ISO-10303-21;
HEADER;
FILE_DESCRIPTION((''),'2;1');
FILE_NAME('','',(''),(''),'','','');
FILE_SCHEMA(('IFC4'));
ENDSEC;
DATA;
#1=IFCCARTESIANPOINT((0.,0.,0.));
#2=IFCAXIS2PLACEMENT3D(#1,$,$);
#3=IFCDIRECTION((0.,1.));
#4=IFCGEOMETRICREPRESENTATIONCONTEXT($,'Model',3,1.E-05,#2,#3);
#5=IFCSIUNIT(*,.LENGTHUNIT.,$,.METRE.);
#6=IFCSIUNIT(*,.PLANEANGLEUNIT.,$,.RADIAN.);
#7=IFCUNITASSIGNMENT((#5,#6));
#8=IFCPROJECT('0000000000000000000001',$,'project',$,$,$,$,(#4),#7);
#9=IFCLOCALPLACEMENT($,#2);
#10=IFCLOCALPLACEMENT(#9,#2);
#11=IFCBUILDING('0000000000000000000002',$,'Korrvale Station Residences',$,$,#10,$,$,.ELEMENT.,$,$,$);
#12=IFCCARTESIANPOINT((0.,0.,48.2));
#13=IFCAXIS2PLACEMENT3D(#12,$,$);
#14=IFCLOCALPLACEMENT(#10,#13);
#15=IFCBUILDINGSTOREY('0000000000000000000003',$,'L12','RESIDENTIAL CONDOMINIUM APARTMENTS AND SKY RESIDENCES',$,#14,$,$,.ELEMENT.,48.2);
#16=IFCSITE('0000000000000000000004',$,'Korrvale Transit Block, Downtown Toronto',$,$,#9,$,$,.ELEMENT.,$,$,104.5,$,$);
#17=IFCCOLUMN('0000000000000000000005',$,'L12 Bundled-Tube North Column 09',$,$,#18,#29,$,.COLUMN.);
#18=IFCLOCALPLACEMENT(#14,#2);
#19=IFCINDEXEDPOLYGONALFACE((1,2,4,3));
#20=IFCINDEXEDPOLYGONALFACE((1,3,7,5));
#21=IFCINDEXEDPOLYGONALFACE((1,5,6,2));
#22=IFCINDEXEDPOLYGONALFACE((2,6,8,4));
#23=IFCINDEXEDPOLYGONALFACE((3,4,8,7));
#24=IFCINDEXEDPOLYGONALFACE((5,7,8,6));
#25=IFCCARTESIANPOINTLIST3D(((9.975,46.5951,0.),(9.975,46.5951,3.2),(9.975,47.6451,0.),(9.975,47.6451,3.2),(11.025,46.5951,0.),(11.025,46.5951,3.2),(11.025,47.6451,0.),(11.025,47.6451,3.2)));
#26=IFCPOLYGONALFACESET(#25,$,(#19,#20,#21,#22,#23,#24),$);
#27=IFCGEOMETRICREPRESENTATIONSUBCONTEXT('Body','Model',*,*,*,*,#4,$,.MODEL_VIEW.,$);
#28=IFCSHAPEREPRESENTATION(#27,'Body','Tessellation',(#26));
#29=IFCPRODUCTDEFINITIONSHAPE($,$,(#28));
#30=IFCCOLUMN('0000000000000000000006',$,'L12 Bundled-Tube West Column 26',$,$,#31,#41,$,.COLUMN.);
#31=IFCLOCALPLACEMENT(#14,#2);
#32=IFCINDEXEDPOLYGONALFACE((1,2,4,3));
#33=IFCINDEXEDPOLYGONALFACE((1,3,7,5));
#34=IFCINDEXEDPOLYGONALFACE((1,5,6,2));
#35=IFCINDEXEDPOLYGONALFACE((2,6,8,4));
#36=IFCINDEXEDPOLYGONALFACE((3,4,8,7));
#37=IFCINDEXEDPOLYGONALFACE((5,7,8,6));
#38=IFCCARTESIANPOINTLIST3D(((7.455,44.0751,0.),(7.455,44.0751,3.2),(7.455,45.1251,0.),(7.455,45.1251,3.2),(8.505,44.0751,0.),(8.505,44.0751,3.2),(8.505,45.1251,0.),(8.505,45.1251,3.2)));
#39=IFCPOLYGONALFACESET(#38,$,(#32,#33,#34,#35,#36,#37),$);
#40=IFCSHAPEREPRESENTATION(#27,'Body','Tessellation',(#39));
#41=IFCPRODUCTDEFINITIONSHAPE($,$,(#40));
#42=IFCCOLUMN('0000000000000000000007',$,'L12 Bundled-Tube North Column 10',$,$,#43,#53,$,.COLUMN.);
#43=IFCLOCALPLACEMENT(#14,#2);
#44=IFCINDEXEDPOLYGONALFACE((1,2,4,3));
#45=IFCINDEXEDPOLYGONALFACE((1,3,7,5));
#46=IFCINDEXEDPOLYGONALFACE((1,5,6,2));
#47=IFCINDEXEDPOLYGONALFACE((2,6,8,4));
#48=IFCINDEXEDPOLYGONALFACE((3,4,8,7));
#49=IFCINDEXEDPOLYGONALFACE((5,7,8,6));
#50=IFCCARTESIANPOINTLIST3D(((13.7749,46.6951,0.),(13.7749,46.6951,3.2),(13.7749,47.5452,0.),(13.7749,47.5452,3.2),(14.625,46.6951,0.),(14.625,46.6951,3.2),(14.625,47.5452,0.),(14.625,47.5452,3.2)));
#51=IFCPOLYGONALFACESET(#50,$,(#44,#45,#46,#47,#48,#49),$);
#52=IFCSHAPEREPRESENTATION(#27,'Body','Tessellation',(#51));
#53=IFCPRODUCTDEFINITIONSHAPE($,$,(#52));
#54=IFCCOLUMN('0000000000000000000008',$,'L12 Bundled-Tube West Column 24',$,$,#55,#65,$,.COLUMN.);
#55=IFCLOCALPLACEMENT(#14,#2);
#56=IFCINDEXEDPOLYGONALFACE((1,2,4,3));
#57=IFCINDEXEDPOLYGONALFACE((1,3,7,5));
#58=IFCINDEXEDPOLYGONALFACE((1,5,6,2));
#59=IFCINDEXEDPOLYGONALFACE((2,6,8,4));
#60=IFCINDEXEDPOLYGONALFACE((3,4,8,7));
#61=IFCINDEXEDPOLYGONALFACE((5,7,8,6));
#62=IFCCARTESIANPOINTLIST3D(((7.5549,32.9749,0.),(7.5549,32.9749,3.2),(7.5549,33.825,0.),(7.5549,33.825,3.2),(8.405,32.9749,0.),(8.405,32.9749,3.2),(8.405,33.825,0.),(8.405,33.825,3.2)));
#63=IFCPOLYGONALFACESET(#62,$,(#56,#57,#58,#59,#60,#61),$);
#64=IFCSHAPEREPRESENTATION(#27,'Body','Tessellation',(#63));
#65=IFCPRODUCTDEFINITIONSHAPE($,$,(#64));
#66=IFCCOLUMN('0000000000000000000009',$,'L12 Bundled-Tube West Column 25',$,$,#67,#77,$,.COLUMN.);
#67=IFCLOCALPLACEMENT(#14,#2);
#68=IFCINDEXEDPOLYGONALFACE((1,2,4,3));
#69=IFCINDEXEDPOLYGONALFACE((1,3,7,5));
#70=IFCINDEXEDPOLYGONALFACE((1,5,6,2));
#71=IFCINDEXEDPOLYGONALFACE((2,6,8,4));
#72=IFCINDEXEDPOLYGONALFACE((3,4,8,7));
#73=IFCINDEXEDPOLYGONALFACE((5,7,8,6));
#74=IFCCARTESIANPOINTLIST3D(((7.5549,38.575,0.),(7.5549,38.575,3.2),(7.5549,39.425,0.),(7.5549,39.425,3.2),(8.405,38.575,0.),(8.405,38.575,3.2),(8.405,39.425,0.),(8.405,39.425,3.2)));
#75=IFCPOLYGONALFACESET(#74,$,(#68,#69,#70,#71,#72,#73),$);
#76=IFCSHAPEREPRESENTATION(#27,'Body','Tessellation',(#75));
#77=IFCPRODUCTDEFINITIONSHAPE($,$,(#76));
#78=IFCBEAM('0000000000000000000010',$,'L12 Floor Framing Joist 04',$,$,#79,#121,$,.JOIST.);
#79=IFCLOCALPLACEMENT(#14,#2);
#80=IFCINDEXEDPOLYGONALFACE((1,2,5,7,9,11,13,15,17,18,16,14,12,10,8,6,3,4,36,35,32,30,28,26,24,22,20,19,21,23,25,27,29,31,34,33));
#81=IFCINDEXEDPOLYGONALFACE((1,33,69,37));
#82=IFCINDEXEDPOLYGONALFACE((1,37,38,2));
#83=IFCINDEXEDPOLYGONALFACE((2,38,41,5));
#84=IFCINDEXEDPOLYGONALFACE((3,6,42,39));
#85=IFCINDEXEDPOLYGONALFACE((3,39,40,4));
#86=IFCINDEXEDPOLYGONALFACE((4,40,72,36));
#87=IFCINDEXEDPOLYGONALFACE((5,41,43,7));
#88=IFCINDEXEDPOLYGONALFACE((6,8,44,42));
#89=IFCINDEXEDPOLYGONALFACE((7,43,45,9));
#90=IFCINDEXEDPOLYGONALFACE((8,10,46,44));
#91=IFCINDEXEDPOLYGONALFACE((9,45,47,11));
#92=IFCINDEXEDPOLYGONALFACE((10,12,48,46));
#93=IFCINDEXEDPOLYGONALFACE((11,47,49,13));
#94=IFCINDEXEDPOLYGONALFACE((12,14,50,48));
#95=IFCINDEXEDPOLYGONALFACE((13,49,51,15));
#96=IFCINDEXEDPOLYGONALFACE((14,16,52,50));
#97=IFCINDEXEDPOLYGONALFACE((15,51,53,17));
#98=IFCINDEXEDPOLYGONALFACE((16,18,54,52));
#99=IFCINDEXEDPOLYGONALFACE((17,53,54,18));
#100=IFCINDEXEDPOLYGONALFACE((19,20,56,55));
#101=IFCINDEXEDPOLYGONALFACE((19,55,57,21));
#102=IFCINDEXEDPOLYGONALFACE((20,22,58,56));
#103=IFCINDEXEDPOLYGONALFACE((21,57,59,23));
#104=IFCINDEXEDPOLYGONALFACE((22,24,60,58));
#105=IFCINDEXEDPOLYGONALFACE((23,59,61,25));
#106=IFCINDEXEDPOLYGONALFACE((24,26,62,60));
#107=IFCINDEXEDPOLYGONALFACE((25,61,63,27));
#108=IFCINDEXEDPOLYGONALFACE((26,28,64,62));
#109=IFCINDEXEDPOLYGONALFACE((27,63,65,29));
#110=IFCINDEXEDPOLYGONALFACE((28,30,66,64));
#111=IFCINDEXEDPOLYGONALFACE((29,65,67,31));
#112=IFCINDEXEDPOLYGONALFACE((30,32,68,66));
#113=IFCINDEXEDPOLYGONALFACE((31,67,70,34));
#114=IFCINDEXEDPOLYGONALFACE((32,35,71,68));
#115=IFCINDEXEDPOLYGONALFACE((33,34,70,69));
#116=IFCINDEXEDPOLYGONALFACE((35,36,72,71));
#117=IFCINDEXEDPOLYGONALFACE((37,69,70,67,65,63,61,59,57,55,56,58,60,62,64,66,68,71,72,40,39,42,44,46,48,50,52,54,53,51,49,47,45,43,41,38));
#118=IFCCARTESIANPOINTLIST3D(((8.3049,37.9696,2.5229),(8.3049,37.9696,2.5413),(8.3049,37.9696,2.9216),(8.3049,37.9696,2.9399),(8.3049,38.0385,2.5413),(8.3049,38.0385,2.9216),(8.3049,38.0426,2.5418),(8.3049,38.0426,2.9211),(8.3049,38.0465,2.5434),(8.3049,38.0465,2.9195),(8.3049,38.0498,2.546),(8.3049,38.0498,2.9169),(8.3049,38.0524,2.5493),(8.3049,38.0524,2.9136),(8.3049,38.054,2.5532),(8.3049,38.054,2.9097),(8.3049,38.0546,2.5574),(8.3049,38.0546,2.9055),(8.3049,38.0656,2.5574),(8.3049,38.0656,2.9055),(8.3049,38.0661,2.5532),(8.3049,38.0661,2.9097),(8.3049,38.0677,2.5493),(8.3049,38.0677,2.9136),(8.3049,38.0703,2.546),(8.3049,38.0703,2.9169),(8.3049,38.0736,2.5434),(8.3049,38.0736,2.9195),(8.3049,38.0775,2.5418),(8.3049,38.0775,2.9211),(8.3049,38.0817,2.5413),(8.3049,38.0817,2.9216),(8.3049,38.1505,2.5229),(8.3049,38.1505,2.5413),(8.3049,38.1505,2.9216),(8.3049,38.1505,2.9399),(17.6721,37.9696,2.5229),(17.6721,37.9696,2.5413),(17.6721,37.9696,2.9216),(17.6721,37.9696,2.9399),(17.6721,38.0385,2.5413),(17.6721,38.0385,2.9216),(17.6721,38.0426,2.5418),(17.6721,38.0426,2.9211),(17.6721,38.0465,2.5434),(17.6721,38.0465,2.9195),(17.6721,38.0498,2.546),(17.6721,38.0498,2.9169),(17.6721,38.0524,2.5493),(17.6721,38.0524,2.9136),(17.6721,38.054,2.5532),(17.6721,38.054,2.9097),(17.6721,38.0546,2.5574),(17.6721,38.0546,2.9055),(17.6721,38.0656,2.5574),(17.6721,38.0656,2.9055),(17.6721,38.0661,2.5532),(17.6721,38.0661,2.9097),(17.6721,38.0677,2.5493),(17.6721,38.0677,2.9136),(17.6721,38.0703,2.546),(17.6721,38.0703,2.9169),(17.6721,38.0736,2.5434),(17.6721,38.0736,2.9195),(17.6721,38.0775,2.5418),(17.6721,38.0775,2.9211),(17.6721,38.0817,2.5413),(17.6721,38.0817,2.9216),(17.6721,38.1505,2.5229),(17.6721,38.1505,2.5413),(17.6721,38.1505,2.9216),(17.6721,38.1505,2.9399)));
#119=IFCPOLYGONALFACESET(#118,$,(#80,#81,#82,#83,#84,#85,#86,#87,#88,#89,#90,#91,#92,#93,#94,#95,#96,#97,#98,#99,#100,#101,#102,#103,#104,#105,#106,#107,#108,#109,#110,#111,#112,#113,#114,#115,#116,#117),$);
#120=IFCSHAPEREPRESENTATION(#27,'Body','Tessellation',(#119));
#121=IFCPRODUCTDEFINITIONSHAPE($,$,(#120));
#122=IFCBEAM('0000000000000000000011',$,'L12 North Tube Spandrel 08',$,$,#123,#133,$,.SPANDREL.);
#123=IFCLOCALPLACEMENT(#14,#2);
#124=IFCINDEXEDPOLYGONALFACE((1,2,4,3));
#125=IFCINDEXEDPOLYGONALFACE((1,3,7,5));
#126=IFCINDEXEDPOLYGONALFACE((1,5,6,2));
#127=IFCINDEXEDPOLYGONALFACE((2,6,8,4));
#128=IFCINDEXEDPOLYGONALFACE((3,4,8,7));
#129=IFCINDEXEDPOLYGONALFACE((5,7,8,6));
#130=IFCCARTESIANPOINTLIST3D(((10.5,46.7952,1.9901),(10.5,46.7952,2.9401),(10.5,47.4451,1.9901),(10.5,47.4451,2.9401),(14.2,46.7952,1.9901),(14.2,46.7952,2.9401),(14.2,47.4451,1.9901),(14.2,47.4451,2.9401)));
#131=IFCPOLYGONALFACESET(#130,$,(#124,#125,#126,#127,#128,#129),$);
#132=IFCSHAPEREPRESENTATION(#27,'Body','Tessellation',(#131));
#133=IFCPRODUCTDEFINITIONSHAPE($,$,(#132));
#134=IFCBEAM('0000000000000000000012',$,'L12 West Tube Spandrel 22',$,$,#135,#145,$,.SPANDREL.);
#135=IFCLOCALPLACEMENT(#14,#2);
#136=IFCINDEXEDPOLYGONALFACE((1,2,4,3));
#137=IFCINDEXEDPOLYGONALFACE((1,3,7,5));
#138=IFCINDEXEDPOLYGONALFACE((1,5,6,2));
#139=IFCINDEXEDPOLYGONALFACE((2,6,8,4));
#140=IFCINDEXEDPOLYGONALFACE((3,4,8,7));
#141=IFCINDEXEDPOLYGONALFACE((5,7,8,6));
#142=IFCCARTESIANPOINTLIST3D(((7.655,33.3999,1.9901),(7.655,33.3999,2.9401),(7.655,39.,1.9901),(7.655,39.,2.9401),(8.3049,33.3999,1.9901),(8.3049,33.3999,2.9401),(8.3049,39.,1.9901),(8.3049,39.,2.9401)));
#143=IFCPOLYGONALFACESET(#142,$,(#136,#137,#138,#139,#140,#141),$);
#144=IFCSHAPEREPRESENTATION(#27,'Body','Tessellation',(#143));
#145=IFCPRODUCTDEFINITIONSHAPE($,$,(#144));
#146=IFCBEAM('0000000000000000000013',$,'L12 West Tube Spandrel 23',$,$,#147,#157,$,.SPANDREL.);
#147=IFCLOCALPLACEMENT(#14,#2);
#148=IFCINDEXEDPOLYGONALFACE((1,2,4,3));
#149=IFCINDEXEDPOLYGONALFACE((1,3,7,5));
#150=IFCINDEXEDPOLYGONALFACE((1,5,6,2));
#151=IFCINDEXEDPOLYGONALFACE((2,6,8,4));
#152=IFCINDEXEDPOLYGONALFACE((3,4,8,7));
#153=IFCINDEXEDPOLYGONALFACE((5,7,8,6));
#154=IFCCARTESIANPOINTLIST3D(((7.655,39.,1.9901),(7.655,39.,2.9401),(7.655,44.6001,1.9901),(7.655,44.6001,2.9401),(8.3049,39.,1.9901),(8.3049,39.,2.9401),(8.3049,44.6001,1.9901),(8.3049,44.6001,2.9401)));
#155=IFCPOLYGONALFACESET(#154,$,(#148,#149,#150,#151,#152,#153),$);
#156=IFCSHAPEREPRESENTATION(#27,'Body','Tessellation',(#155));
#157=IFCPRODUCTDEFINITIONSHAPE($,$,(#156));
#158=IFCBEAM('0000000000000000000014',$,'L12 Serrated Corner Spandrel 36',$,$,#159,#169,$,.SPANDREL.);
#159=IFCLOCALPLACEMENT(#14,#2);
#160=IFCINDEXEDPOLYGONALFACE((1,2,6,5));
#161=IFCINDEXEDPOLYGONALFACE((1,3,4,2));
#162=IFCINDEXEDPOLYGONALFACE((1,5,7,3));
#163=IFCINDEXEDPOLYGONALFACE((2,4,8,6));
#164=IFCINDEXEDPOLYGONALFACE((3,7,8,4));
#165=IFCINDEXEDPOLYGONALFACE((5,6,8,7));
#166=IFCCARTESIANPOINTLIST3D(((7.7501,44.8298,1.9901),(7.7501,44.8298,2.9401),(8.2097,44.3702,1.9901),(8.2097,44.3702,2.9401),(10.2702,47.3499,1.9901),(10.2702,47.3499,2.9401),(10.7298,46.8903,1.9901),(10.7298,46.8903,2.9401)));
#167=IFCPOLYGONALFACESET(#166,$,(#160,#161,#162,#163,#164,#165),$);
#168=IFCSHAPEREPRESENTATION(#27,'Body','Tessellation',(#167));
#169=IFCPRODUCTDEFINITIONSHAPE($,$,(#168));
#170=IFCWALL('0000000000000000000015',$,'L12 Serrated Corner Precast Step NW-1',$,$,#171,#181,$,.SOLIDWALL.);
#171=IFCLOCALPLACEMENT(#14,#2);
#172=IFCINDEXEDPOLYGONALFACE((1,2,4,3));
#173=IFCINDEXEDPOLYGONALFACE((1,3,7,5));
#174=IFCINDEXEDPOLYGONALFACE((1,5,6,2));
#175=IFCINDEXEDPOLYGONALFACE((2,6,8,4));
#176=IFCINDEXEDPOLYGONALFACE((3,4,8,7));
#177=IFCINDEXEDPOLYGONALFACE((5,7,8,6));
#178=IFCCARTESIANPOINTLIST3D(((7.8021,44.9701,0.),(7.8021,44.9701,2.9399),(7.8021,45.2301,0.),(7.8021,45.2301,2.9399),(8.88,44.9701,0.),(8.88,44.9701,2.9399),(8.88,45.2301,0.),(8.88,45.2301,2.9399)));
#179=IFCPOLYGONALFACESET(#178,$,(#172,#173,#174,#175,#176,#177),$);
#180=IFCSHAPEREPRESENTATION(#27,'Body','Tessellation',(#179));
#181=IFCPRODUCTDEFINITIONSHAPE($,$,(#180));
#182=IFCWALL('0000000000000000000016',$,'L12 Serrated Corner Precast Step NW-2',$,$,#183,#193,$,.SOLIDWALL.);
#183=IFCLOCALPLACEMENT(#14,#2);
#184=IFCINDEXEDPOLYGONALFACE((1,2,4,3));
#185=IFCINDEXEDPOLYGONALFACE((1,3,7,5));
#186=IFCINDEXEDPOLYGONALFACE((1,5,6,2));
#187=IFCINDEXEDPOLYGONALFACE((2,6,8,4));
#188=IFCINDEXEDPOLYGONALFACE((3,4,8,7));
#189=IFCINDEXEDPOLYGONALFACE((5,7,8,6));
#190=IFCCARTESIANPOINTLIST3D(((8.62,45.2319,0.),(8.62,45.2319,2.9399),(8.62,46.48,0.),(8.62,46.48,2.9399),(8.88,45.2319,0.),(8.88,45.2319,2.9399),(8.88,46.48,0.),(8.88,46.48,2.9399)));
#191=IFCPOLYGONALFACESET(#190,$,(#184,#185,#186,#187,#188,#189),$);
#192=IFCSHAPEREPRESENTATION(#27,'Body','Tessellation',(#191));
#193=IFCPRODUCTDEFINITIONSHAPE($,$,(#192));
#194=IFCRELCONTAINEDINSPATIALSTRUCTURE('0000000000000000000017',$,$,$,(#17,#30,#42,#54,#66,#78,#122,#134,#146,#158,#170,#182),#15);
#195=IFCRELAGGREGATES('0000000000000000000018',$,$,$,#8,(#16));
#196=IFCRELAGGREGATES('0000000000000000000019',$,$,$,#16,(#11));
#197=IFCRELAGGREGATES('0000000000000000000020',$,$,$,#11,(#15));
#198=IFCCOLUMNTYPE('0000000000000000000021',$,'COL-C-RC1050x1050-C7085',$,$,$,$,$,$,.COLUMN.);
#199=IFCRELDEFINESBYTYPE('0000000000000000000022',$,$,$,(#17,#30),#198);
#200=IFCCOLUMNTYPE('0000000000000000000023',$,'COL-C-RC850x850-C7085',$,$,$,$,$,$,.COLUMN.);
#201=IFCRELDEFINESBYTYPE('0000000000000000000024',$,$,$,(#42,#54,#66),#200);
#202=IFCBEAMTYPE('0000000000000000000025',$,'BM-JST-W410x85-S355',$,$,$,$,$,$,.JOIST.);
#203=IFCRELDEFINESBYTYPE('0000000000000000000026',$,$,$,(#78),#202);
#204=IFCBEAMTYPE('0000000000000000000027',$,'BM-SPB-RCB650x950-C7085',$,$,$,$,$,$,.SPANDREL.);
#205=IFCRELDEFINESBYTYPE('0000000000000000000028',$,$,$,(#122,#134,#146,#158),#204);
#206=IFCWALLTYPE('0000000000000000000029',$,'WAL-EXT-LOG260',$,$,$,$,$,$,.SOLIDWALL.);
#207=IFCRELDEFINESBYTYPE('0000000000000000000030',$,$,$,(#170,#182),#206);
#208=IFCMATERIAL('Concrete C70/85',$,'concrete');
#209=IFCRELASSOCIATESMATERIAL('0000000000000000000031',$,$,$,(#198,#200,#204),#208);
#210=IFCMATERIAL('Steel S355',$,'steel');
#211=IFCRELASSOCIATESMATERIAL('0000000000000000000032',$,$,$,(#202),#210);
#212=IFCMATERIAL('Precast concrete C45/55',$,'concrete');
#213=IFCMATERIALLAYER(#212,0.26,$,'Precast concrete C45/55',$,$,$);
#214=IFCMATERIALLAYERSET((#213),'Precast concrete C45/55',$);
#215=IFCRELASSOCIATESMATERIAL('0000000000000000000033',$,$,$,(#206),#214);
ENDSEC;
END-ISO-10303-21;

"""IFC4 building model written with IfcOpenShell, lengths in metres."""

from ifc_helpers import new_model, si_unit, direction, frame, frame_2d, origin, origin_2d, place, context, subcontext, project, spatial, rectangle, i_section, extrude, material, layer, layer_set, material_profile, profile_set, type_object, element, save


model = new_model("IFC4")

# Units and contexts
model_context = context("Model", 3, precision=1e-05, world=origin(), true_north=direction((0.0, 1.0)))
body_context = subcontext(model_context, "Body", "Model", "MODEL_VIEW")
ifc_project = project(units=[si_unit("LENGTHUNIT", "METRE"), si_unit("PLANEANGLEUNIT", "RADIAN")], contexts=[model_context])

# Site, building, storey
site_placement = place(None, origin())
site = spatial("IfcSite", under=ifc_project, at=site_placement, Name="Korrvale Transit Block, Downtown Toronto", CompositionType="ELEMENT", RefElevation=104.5)
building_placement = place(site_placement, origin())
building = spatial("IfcBuilding", under=site, at=building_placement, Name="Korrvale Station Residences", CompositionType="ELEMENT")
storey_placement = place(building_placement, frame((0.0, 0.0, 48.2)))
storey = spatial("IfcBuildingStorey", under=building, at=storey_placement, Name="L12", Description="RESIDENTIAL CONDOMINIUM APARTMENTS AND SKY RESIDENCES", CompositionType="ELEMENT", Elevation=48.2)

# Columns
ifc_material_1 = material(Name="Concrete C70/85", Category="concrete")
ifc_material_profile_1 = material_profile(ifc_material_1, rectangle(XDim=1.05, YDim=1.05, at=origin_2d()), Name="RC1050x1050")
ifc_profile_set_1 = profile_set([ifc_material_profile_1], Name="Concrete C70/85")
column_type_1 = type_object("IfcColumnType", Name="COL-C-RC1050x1050-C7085", PredefinedType="COLUMN", material=ifc_profile_set_1)
for number, where, z_axis, x_axis, name in (
    (1, (10.5, 47.1201, 0.0), (0.0, 0.0, 1.0), (1.0, 0.0, 0.0), "L12 Bundled-Tube North Column 09"),
    (2, (7.98, 44.6001, 0.0), (0.0, 0.0, 1.0), (1.0, 0.0, 0.0), "L12 Bundled-Tube West Column 26"),
):
    element("IfcColumn", number, at=place(storey_placement, frame(where, z_axis=z_axis, x_axis=x_axis)), inside=storey, type_object=column_type_1, Name=name, PredefinedType="COLUMN", context=body_context, shape_type="SweptSolid", body=[
        extrude(rectangle(XDim=1.05, YDim=1.05, at=origin_2d()), origin(), (0.0, 0.0, 1.0), 3.2),
    ])
ifc_material_profile_2 = material_profile(ifc_material_1, rectangle(XDim=0.8501, YDim=0.8501, at=origin_2d()), Name="RC850x850")
ifc_profile_set_2 = profile_set([ifc_material_profile_2], Name="Concrete C70/85")
column_type_2 = type_object("IfcColumnType", Name="COL-C-RC850x850-C7085", PredefinedType="COLUMN", material=ifc_profile_set_2)
for number, where, z_axis, x_axis, name in (
    (3, (14.2, 47.1201, 0.0), (0.0, 0.0, 1.0), (1.0, 0.0, 0.0), "L12 Bundled-Tube North Column 10"),
    (4, (7.98, 33.3999, 0.0), (0.0, 0.0, 1.0), (1.0, 0.0, 0.0), "L12 Bundled-Tube West Column 24"),
    (5, (7.98, 39.0, 0.0), (0.0, 0.0, 1.0), (1.0, 0.0, 0.0), "L12 Bundled-Tube West Column 25"),
):
    element("IfcColumn", number, at=place(storey_placement, frame(where, z_axis=z_axis, x_axis=x_axis)), inside=storey, type_object=column_type_2, Name=name, PredefinedType="COLUMN", context=body_context, shape_type="SweptSolid", body=[
        extrude(rectangle(XDim=0.8501, YDim=0.8501, at=origin_2d()), origin(), (0.0, 0.0, 1.0), 3.2),
    ])

# Beams
ifc_material_2 = material(Name="Steel S355", Category="steel")
ifc_material_profile_3 = material_profile(ifc_material_2, i_section(OverallWidth=0.1809, OverallDepth=0.417, WebThickness=0.011, FlangeThickness=0.0183, FilletRadius=0.0161, at=origin_2d()), Name="W410x85")
ifc_profile_set_3 = profile_set([ifc_material_profile_3], Name="Steel S355")
beam_type_1 = type_object("IfcBeamType", Name="BM-JST-W410x85-S355", PredefinedType="JOIST", material=ifc_profile_set_3)
beam_1_placement = place(storey_placement, frame((8.3049, 38.0601, 2.7314), z_axis=(1.0, 0.0, 0.0), x_axis=(0.0, 1.0, 0.0)))
element("IfcBeam", 6, at=beam_1_placement, inside=storey, type_object=beam_type_1, Name="L12 Floor Framing Joist 04", PredefinedType="JOIST", context=body_context, shape_type="SweptSolid", body=[
    extrude(i_section(OverallWidth=0.1809, OverallDepth=0.417, WebThickness=0.011, FlangeThickness=0.0183, FilletRadius=0.0161, at=origin_2d()), origin(), (0.0, 0.0, 1.0), 9.3672),
])
ifc_material_profile_4 = material_profile(ifc_material_1, rectangle(XDim=0.6499, YDim=0.95, at=origin_2d()), Name="RCB650x950")
ifc_profile_set_4 = profile_set([ifc_material_profile_4], Name="Concrete C70/85")
beam_type_2 = type_object("IfcBeamType", Name="BM-SPB-RCB650x950-C7085", PredefinedType="SPANDREL", material=ifc_profile_set_4)
beam_2_placement = place(storey_placement, frame((10.5, 47.1201, 2.4651), z_axis=(1.0, 0.0, 0.0), x_axis=(0.0, 1.0, 0.0)))
element("IfcBeam", 7, at=beam_2_placement, inside=storey, type_object=beam_type_2, Name="L12 North Tube Spandrel 08", PredefinedType="SPANDREL", context=body_context, shape_type="SweptSolid", body=[
    extrude(rectangle(XDim=0.6499, YDim=0.95, at=origin_2d()), origin(), (0.0, 0.0, 1.0), 3.7),
])
for number, where, z_axis, x_axis, name in (
    (8, (7.98, 33.3999, 2.4651), (0.0, 1.0, 0.0), (-1.0, 0.0, 0.0), "L12 West Tube Spandrel 22"),
    (9, (7.98, 39.0, 2.4651), (0.0, 1.0, 0.0), (-1.0, 0.0, 0.0), "L12 West Tube Spandrel 23"),
):
    element("IfcBeam", number, at=place(storey_placement, frame(where, z_axis=z_axis, x_axis=x_axis)), inside=storey, type_object=beam_type_2, Name=name, PredefinedType="SPANDREL", context=body_context, shape_type="SweptSolid", body=[
        extrude(rectangle(XDim=0.6499, YDim=0.95, at=origin_2d()), origin(), (0.0, 0.0, 1.0), 5.6001),
    ])
beam_3_placement = place(storey_placement, frame((10.5, 47.1201, 2.4651), z_axis=(-0.707107, -0.707107, 0.0), x_axis=(0.707107, -0.707107, 0.0)))
element("IfcBeam", 10, at=beam_3_placement, inside=storey, type_object=beam_type_2, Name="L12 Serrated Corner Spandrel 36", PredefinedType="SPANDREL", context=body_context, shape_type="SweptSolid", body=[
    extrude(rectangle(XDim=0.6499, YDim=0.95, at=origin_2d()), origin(), (0.0, 0.0, 1.0), 3.564),
])

# Walls
ifc_material_3 = material(Name="Precast concrete C45/55", Category="concrete")
ifc_layer_1 = layer(ifc_material_3, 0.26, Name="Precast concrete C45/55")
ifc_layer_set_1 = layer_set([ifc_layer_1], Name="Precast concrete C45/55")
wall_type_1 = type_object("IfcWallType", Name="WAL-EXT-LOG260", PredefinedType="SOLIDWALL", material=ifc_layer_set_1)
wall_1_placement = place(storey_placement, frame((7.802, 45.1001, 0.0), z_axis=(0.0, 0.0, 1.0), x_axis=(1.0, 0.0, 0.0)))
element("IfcWall", 11, at=wall_1_placement, inside=storey, type_object=wall_type_1, Name="L12 Serrated Corner Precast Step NW-1", PredefinedType="SOLIDWALL", context=body_context, shape_type="SweptSolid", body=[
    extrude(rectangle(XDim=1.0779, YDim=0.26, at=frame_2d((0.5391, 0.0))), origin(), (0.0, 0.0, 1.0), 2.9399),
])
wall_2_placement = place(storey_placement, frame((8.75, 45.2319, 0.0), z_axis=(0.0, 0.0, 1.0), x_axis=(0.0, 1.0, 0.0)))
element("IfcWall", 12, at=wall_2_placement, inside=storey, type_object=wall_type_1, Name="L12 Serrated Corner Precast Step NW-2", PredefinedType="SOLIDWALL", context=body_context, shape_type="SweptSolid", body=[
    extrude(rectangle(XDim=1.248, YDim=0.26, at=frame_2d((0.624, 0.0))), origin(), (0.0, 0.0, 1.0), 2.9399),
])

save(model, "model.ifc")
